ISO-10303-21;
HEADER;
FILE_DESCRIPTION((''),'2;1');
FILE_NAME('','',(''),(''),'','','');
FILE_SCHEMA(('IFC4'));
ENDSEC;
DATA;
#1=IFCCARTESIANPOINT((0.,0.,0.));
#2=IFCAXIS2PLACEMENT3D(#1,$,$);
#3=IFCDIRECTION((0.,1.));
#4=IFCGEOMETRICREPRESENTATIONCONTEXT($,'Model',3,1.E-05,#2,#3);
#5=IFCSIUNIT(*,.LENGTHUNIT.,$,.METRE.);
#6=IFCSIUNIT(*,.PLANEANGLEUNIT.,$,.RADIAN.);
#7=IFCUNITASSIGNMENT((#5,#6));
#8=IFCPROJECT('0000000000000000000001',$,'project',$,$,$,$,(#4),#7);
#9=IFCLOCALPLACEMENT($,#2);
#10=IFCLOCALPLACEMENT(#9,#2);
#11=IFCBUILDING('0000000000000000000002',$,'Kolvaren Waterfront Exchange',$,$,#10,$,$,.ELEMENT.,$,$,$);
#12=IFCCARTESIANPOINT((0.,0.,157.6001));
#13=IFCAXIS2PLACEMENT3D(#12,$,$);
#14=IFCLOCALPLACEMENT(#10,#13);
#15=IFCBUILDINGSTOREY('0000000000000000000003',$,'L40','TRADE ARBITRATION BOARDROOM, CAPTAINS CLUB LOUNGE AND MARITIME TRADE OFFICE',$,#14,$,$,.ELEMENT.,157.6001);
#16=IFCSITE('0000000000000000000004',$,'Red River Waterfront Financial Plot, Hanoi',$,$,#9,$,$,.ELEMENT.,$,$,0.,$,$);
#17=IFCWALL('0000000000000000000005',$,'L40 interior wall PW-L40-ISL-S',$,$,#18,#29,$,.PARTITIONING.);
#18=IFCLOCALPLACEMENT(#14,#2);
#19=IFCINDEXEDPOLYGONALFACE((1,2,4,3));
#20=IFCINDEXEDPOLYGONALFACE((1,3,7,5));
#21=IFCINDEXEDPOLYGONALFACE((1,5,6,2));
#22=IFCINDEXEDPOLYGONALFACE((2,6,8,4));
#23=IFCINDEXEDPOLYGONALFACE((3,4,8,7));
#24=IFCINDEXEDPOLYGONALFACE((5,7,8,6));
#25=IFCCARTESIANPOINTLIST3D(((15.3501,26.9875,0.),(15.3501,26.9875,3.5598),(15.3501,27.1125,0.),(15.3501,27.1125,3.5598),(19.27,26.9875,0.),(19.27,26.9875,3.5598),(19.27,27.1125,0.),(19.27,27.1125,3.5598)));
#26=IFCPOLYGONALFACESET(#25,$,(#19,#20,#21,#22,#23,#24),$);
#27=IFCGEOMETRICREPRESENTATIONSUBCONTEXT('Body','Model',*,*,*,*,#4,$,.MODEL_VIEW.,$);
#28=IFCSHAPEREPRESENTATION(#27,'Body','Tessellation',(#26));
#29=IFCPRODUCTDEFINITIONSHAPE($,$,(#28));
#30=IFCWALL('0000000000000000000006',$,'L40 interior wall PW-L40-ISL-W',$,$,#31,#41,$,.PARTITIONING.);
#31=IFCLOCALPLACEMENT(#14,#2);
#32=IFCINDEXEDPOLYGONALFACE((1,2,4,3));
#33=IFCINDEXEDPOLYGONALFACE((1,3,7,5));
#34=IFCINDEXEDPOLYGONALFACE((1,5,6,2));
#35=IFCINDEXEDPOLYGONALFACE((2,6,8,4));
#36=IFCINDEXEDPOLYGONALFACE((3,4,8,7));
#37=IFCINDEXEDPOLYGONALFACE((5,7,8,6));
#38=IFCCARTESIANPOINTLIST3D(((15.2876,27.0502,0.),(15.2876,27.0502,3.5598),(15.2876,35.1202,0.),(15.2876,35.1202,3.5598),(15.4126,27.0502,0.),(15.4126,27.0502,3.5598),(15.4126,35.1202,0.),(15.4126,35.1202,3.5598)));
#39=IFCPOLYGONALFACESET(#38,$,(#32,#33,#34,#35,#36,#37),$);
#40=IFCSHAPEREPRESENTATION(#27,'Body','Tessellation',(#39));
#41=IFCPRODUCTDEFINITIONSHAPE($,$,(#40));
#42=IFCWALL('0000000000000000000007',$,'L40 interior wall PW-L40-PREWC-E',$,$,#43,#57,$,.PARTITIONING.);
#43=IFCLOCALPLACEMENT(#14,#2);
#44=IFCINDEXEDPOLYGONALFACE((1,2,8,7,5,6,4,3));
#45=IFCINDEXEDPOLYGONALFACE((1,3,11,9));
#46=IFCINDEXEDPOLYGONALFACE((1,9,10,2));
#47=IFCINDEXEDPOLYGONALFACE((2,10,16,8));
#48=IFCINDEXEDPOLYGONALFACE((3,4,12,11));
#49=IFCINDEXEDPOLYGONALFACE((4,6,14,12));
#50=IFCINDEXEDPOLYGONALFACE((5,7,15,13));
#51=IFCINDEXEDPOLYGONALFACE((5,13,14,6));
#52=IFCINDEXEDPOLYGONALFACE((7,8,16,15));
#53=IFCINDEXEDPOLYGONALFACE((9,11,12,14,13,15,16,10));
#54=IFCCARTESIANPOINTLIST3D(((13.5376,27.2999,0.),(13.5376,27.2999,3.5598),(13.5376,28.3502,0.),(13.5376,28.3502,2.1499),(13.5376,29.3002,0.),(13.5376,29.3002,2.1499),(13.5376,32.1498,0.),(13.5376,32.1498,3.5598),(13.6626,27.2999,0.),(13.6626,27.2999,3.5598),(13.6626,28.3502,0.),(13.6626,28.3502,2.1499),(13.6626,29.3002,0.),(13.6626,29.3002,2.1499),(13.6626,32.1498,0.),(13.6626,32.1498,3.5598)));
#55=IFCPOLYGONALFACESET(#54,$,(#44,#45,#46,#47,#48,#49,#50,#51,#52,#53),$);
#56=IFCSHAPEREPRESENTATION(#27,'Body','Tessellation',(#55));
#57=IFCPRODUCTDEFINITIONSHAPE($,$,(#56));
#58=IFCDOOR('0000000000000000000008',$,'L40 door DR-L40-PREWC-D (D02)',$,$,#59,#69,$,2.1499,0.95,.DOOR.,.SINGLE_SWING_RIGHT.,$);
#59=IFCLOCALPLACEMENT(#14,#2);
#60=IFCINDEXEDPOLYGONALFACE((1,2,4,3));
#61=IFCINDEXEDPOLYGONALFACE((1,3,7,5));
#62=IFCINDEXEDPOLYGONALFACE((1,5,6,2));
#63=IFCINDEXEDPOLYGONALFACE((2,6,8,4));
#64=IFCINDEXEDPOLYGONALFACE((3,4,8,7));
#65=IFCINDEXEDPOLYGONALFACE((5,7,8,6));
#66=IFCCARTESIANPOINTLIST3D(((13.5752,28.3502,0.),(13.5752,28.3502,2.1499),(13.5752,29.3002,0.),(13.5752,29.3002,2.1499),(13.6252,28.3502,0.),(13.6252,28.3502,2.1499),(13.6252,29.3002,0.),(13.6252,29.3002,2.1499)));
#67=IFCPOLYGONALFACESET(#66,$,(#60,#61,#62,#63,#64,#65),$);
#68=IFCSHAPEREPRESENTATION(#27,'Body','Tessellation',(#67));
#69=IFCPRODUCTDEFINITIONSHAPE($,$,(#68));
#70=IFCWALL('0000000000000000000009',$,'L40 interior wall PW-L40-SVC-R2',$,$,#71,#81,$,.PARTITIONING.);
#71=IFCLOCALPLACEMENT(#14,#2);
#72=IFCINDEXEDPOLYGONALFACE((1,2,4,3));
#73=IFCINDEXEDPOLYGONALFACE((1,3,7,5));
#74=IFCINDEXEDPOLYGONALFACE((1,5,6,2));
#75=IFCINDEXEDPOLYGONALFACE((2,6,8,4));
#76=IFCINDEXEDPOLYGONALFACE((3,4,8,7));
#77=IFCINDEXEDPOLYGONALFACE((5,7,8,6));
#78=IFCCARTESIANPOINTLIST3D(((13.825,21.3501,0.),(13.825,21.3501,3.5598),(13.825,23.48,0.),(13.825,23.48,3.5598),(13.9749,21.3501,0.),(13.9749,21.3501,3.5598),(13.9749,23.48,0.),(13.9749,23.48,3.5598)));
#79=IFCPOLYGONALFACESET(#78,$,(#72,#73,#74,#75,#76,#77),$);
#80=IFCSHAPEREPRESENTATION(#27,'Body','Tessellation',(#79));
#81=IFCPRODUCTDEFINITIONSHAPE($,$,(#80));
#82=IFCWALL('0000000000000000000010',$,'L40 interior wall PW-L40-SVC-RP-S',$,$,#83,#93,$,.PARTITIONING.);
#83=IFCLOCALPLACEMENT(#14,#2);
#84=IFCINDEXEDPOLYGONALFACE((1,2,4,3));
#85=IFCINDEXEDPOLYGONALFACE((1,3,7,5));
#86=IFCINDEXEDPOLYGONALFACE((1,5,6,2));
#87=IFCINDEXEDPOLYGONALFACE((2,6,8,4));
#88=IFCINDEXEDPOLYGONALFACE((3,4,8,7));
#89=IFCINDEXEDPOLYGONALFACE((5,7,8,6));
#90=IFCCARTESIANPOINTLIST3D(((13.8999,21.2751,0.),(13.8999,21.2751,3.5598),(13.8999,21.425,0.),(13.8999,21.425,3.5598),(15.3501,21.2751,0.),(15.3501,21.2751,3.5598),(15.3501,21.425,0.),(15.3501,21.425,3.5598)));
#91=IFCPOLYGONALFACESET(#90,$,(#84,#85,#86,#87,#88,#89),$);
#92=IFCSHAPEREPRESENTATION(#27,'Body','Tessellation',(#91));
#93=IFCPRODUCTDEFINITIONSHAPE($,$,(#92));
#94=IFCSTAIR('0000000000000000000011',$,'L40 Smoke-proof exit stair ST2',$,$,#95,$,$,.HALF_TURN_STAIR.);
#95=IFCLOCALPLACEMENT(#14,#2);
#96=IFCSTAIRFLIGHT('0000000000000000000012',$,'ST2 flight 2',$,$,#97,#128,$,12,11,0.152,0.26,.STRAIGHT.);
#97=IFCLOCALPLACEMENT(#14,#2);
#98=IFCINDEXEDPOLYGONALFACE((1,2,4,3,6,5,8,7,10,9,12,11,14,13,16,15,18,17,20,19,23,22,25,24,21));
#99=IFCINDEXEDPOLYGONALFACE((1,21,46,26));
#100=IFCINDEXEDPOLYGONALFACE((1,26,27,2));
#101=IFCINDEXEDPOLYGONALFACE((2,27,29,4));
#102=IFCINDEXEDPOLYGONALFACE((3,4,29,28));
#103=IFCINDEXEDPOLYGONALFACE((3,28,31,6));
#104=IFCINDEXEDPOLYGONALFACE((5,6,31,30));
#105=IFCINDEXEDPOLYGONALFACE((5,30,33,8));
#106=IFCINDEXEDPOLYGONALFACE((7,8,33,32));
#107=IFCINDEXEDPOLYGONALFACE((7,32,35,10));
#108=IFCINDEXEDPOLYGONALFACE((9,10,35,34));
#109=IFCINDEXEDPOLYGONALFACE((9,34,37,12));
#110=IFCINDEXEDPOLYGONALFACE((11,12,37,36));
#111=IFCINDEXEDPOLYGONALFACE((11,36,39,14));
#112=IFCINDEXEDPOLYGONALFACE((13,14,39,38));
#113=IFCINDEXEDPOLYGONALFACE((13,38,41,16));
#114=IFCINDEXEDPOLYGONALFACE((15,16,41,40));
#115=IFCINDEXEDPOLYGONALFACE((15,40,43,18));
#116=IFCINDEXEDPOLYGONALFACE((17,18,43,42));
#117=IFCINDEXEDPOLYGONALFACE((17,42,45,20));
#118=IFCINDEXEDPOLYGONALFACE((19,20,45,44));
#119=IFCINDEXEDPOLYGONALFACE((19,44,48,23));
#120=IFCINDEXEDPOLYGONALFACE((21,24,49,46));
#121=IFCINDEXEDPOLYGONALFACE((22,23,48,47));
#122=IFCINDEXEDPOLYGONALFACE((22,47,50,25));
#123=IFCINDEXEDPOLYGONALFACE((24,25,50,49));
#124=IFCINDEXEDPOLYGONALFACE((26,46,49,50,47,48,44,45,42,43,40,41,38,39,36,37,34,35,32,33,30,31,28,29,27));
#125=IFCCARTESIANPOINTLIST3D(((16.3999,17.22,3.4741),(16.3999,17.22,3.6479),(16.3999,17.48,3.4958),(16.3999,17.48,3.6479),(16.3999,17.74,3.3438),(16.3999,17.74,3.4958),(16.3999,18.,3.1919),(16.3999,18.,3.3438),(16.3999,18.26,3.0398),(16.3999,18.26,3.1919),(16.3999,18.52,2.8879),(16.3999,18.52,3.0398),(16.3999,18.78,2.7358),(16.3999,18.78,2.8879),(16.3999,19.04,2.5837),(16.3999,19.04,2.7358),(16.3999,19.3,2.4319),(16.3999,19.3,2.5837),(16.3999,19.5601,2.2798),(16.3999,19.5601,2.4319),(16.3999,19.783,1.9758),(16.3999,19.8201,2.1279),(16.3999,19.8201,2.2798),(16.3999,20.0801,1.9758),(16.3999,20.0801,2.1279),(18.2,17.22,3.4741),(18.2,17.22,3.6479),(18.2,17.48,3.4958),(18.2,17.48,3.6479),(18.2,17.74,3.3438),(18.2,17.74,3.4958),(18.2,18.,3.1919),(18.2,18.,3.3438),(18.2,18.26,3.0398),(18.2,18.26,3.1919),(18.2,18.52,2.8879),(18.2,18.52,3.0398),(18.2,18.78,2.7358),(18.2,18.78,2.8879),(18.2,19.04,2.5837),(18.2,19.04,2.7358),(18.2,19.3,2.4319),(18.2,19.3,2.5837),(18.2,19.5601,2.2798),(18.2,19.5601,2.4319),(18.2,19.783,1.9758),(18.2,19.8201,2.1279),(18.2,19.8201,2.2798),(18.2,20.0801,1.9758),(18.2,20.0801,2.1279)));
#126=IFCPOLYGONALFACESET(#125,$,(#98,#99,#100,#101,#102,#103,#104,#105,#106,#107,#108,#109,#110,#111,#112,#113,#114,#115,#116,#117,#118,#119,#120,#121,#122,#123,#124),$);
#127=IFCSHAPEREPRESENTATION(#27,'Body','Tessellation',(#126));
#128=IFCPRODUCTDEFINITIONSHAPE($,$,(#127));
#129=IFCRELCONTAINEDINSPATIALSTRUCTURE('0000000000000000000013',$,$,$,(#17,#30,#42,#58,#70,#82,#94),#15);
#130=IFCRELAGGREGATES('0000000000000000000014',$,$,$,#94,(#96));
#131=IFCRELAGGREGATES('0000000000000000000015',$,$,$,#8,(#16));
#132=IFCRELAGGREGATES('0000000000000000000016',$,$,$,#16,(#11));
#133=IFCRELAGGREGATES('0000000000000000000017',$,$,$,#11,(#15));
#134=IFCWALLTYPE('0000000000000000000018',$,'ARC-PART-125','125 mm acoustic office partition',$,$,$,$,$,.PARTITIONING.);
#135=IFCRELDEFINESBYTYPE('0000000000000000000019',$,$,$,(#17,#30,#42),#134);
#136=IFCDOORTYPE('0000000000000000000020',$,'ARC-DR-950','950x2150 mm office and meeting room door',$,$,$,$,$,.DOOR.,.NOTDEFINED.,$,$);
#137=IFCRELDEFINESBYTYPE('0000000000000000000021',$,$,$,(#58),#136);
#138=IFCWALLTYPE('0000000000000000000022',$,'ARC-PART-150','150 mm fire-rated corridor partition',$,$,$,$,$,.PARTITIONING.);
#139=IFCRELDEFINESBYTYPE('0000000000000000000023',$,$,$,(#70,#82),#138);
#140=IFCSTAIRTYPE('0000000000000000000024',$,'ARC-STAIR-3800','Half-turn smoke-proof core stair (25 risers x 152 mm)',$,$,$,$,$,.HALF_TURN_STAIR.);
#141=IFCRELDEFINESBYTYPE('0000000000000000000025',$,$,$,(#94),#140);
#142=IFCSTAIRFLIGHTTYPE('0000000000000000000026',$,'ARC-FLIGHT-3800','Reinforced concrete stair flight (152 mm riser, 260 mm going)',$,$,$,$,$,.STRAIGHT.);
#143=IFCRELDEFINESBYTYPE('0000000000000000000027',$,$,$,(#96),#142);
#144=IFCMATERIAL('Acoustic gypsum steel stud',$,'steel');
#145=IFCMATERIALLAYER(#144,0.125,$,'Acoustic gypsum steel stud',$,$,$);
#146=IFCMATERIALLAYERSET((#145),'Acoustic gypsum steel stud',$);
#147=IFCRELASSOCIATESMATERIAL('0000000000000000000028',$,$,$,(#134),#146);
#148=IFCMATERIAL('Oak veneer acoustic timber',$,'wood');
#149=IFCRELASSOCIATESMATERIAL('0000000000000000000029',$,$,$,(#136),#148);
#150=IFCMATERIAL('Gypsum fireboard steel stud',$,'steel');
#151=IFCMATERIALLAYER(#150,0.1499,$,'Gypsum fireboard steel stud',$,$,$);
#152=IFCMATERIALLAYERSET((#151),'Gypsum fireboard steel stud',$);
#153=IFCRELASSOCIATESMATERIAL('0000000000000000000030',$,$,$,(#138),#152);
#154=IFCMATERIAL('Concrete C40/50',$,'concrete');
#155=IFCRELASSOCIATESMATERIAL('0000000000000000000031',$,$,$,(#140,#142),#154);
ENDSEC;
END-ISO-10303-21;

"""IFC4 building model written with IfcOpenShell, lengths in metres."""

from ifc_helpers import new_model, si_unit, direction, frame, frame_2d, origin, place, context, subcontext, project, spatial, polyline, rectangle, outline, extrude, material, layer, layer_set, type_object, element, fill, aggregate, save


model = new_model("IFC4")

# Units and contexts
model_context = context("Model", 3, precision=1e-05, world=origin(), true_north=direction((0.0, 1.0)))
body_context = subcontext(model_context, "Body", "Model", "MODEL_VIEW")
ifc_project = project(units=[si_unit("LENGTHUNIT", "METRE"), si_unit("PLANEANGLEUNIT", "RADIAN")], contexts=[model_context])

# Site, building, storey
site_placement = place(None, origin())
site = spatial("IfcSite", under=ifc_project, at=site_placement, Name="Red River Waterfront Financial Plot, Hanoi", CompositionType="ELEMENT", RefElevation=0.0)
building_placement = place(site_placement, origin())
building = spatial("IfcBuilding", under=site, at=building_placement, Name="Kolvaren Waterfront Exchange", CompositionType="ELEMENT")
storey_placement = place(building_placement, frame((0.0, 0.0, 157.6001)))
storey = spatial("IfcBuildingStorey", under=building, at=storey_placement, Name="L40", Description="TRADE ARBITRATION BOARDROOM, CAPTAINS CLUB LOUNGE AND MARITIME TRADE OFFICE", CompositionType="ELEMENT", Elevation=157.6001)

# Walls
ifc_material_1 = material(Name="Acoustic gypsum steel stud", Category="steel")
ifc_layer_1 = layer(ifc_material_1, 0.125, Name="Acoustic gypsum steel stud")
ifc_layer_set_1 = layer_set([ifc_layer_1], Name="Acoustic gypsum steel stud")
wall_type_1 = type_object("IfcWallType", Name="ARC-PART-125", Description="125 mm acoustic office partition", PredefinedType="PARTITIONING", material=ifc_layer_set_1)
wall_1_placement = place(storey_placement, frame((15.3501, 27.05, 0.0), z_axis=(0.0, 0.0, 1.0), x_axis=(1.0, 0.0, 0.0)))
element("IfcWall", 1, at=wall_1_placement, inside=storey, type_object=wall_type_1, Name="L40 interior wall PW-L40-ISL-S", PredefinedType="PARTITIONING", context=body_context, shape_type="SweptSolid", body=[
    extrude(rectangle(XDim=3.9199, YDim=0.125, at=frame_2d((1.96, 0.0))), origin(), (0.0, 0.0, 1.0), 3.5598),
])
wall_2_placement = place(storey_placement, frame((15.3501, 27.05, 0.0), z_axis=(0.0, 0.0, 1.0), x_axis=(0.0, 1.0, 0.0)))
element("IfcWall", 2, at=wall_2_placement, inside=storey, type_object=wall_type_1, Name="L40 interior wall PW-L40-ISL-W", PredefinedType="PARTITIONING", context=body_context, shape_type="SweptSolid", body=[
    extrude(rectangle(XDim=8.0701, YDim=0.125, at=frame_2d((4.0352, 0.0))), origin(), (0.0, 0.0, 1.0), 3.5598),
])

# Wall, opening, door
wall_3_placement = place(storey_placement, frame((13.6001, 27.3, 0.0), z_axis=(0.0, 0.0, 1.0), x_axis=(0.0, 1.0, 0.0)))
wall_3 = element("IfcWall", 3, at=wall_3_placement, inside=storey, type_object=wall_type_1, Name="L40 interior wall PW-L40-PREWC-E", PredefinedType="PARTITIONING", context=body_context, shape_type="SweptSolid", body=[
    extrude(rectangle(XDim=4.8499, YDim=0.125, at=frame_2d((2.4248, 0.0))), origin(), (0.0, 0.0, 1.0), 3.5598),
])
opening_1_placement = place(wall_3_placement, frame((1.05, 0.0, 0.0)))
opening_1 = element("IfcOpeningElement", 4, at=opening_1_placement, cuts=wall_3, PredefinedType="OPENING", context=body_context, shape_type="SweptSolid", body=[
    extrude(rectangle(XDim=0.95, YDim=2.1499, at=frame_2d((0.4751, 1.075))), frame((0.0, 0.0725, 0.0), z_axis=(0.0, -1.0, 0.0), x_axis=(1.0, 0.0, 0.0)), (0.0, 0.0, 1.0), 0.145),
])
ifc_material_2 = material(Name="Oak veneer acoustic timber", Category="wood")
door_type_1 = type_object("IfcDoorType", Name="ARC-DR-950", Description="950x2150 mm office and meeting room door", OperationType="NOTDEFINED", PredefinedType="DOOR", material=ifc_material_2)
door_1_placement = place(opening_1_placement, origin())
door_1 = element("IfcDoor", 5, at=door_1_placement, inside=storey, type_object=door_type_1, Name="L40 door DR-L40-PREWC-D (D02)", OperationType="SINGLE_SWING_RIGHT", OverallHeight=2.1499, OverallWidth=0.95, PredefinedType="DOOR", context=body_context, shape_type="SweptSolid", body=[
    extrude(rectangle(XDim=0.95, YDim=2.1499, at=frame_2d((0.4751, 1.075))), frame((0.0, 0.0249, 0.0), z_axis=(0.0, -1.0, 0.0), x_axis=(1.0, 0.0, 0.0)), (0.0, 0.0, 1.0), 0.05),
])
fill(opening_1, door_1)

# Walls
ifc_material_3 = material(Name="Gypsum fireboard steel stud", Category="steel")
ifc_layer_2 = layer(ifc_material_3, 0.1499, Name="Gypsum fireboard steel stud")
ifc_layer_set_2 = layer_set([ifc_layer_2], Name="Gypsum fireboard steel stud")
wall_type_2 = type_object("IfcWallType", Name="ARC-PART-150", Description="150 mm fire-rated corridor partition", PredefinedType="PARTITIONING", material=ifc_layer_set_2)
wall_4_placement = place(storey_placement, frame((13.8999, 21.3501, 0.0), z_axis=(0.0, 0.0, 1.0), x_axis=(0.0, 1.0, 0.0)))
element("IfcWall", 6, at=wall_4_placement, inside=storey, type_object=wall_type_2, Name="L40 interior wall PW-L40-SVC-R2", PredefinedType="PARTITIONING", context=body_context, shape_type="SweptSolid", body=[
    extrude(rectangle(XDim=2.1299, YDim=0.1499, at=frame_2d((1.0649, 0.0))), origin(), (0.0, 0.0, 1.0), 3.5598),
])
wall_5_placement = place(storey_placement, frame((13.8999, 21.3501, 0.0), z_axis=(0.0, 0.0, 1.0), x_axis=(1.0, 0.0, 0.0)))
element("IfcWall", 7, at=wall_5_placement, inside=storey, type_object=wall_type_2, Name="L40 interior wall PW-L40-SVC-RP-S", PredefinedType="PARTITIONING", context=body_context, shape_type="SweptSolid", body=[
    extrude(rectangle(XDim=1.4502, YDim=0.1499, at=frame_2d((0.7251, 0.0))), origin(), (0.0, 0.0, 1.0), 3.5598),
])

# Stair, stair flight
ifc_material_4 = material(Name="Concrete C40/50", Category="concrete")
stair_type = type_object("IfcStairType", Name="ARC-STAIR-3800", Description="Half-turn smoke-proof core stair (25 risers x 152 mm)", PredefinedType="HALF_TURN_STAIR", material=ifc_material_4)
stair_placement = place(storey_placement, origin())
stair = element("IfcStair", 8, at=stair_placement, inside=storey, type_object=stair_type, Name="L40 Smoke-proof exit stair ST2", PredefinedType="HALF_TURN_STAIR")
stair_flight_type = type_object("IfcStairFlightType", Name="ARC-FLIGHT-3800", Description="Reinforced concrete stair flight (152 mm riser, 260 mm going)", PredefinedType="STRAIGHT", material=ifc_material_4)
stair_flight_placement = place(storey_placement, frame((17.3, 20.0801, 1.9758), z_axis=(0.0, 0.0, 1.0), x_axis=(0.0, -1.0, 0.0)))
stair_flight = element("IfcStairFlight", 9, at=stair_flight_placement, type_object=stair_flight_type, Name="ST2 flight 2", NumberOfRisers=12, NumberOfTreads=11, PredefinedType="STRAIGHT", RiserHeight=0.152, TreadLength=0.26, context=body_context, shape_type="SweptSolid", body=[
    extrude(outline(polyline([(0.0, 0.0), (0.0, 0.1521), (0.26, 0.1521), (0.26, 0.304), (0.52, 0.304), (0.52, 0.4561), (0.78, 0.4561), (0.78, 0.6079), (1.04, 0.6079), (1.04, 0.76), (1.3, 0.76), (1.3, 0.9121), (1.5601, 0.9121), (1.5601, 1.064), (1.8201, 1.064), (1.8201, 1.2161), (2.0801, 1.2161), (2.0801, 1.3679), (2.3401, 1.3679), (2.3401, 1.52), (2.6001, 1.52), (2.6001, 1.6721), (2.8601, 1.6721), (2.8601, 1.824), (2.8601, 1.4983), (0.2971, 0.0), (0.0, 0.0)])), frame((0.0, 0.8999, 0.0), z_axis=(0.0, -1.0, 0.0), x_axis=(1.0, 0.0, 0.0)), (0.0, 0.0, 1.0), 1.8),
])
aggregate(stair, [stair_flight])

save(model, "model.ifc")
